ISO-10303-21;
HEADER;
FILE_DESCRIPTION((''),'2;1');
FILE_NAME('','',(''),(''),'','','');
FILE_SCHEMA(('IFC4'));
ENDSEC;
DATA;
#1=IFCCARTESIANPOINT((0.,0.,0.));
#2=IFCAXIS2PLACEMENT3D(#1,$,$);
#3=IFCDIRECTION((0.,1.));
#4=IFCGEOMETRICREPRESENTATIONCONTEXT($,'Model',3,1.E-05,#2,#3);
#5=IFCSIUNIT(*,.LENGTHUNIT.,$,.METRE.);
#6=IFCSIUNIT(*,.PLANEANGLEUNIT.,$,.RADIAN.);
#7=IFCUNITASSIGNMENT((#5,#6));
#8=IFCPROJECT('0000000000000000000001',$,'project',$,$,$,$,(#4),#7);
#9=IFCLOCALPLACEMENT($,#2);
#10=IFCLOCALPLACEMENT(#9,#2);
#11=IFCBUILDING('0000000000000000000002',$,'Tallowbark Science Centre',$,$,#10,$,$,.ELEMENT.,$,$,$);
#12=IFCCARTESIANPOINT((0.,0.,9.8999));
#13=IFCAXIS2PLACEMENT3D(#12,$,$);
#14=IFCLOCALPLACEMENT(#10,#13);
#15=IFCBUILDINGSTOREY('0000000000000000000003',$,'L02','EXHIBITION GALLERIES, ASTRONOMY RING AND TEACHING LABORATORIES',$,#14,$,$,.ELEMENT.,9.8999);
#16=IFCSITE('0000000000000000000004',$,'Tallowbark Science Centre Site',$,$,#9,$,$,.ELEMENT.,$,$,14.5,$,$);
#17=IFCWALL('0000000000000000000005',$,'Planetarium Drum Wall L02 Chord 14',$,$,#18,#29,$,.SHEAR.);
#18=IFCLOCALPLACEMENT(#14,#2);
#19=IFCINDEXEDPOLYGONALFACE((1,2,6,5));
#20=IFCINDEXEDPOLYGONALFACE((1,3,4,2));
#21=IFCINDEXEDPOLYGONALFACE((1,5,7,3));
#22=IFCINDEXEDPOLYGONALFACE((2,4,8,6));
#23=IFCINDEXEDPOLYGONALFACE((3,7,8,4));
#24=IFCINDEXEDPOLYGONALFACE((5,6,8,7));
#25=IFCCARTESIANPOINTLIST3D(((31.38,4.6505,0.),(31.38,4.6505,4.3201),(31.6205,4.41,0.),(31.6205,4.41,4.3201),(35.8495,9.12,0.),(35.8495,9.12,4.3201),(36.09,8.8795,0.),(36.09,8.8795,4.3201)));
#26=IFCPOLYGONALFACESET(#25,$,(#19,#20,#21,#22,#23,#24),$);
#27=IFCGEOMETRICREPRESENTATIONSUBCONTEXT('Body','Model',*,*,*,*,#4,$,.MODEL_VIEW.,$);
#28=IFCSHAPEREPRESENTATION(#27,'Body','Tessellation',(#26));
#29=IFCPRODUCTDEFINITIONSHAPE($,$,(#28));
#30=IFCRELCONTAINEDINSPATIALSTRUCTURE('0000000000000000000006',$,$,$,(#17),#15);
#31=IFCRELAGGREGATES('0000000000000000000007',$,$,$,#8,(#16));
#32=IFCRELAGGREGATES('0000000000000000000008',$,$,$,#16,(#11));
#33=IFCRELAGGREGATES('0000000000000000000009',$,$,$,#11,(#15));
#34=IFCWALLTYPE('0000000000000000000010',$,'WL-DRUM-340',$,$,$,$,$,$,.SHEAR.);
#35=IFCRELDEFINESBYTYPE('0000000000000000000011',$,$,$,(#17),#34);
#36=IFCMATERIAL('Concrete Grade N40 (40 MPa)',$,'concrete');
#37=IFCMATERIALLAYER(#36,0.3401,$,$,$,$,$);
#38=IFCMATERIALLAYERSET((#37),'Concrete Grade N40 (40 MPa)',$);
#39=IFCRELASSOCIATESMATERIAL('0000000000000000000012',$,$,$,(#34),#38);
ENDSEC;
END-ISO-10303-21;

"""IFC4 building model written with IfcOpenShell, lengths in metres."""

from ifc_helpers import new_model, si_unit, direction, frame, frame_2d, origin, place, context, subcontext, project, spatial, rectangle, extrude, material, layer, layer_set, type_object, element, save


model = new_model("IFC4")

# Units and contexts
model_context = context("Model", 3, precision=1e-05, world=origin(), true_north=direction((0.0, 1.0)))
body_context = subcontext(model_context, "Body", "Model", "MODEL_VIEW")
ifc_project = project(units=[si_unit("LENGTHUNIT", "METRE"), si_unit("PLANEANGLEUNIT", "RADIAN")], contexts=[model_context])

# Site, building, storey
site_placement = place(None, origin())
site = spatial("IfcSite", under=ifc_project, at=site_placement, Name="Tallowbark Science Centre Site", CompositionType="ELEMENT", RefElevation=14.5)
building_placement = place(site_placement, origin())
building = spatial("IfcBuilding", under=site, at=building_placement, Name="Tallowbark Science Centre", CompositionType="ELEMENT")
storey_placement = place(building_placement, frame((0.0, 0.0, 9.8999)))
storey = spatial("IfcBuildingStorey", under=building, at=storey_placement, Name="L02", Description="EXHIBITION GALLERIES, ASTRONOMY RING AND TEACHING LABORATORIES", CompositionType="ELEMENT", Elevation=9.8999)

# Wall
ifc_material_1 = material(Name="Concrete Grade N40 (40 MPa)", Category="concrete")
ifc_layer_1 = layer(ifc_material_1, 0.3401)
ifc_layer_set_1 = layer_set([ifc_layer_1], Name="Concrete Grade N40 (40 MPa)")
wall_type = type_object("IfcWallType", Name="WL-DRUM-340", PredefinedType="SHEAR", material=ifc_layer_set_1)
wall_1_placement = place(storey_placement, frame((31.5002, 4.5303, 0.0), z_axis=(0.0, 0.0, 1.0), x_axis=(0.707107, 0.707107, 0.0)))
element("IfcWall", 1, at=wall_1_placement, inside=storey, type_object=wall_type, Name="Planetarium Drum Wall L02 Chord 14", PredefinedType="SHEAR", context=body_context, shape_type="SweptSolid", body=[
    extrude(rectangle(XDim=6.3208, YDim=0.3401, at=frame_2d((3.1604, 0.0))), origin(), (0.0, 0.0, 1.0), 4.3201),
])

save(model, "model.ifc")
